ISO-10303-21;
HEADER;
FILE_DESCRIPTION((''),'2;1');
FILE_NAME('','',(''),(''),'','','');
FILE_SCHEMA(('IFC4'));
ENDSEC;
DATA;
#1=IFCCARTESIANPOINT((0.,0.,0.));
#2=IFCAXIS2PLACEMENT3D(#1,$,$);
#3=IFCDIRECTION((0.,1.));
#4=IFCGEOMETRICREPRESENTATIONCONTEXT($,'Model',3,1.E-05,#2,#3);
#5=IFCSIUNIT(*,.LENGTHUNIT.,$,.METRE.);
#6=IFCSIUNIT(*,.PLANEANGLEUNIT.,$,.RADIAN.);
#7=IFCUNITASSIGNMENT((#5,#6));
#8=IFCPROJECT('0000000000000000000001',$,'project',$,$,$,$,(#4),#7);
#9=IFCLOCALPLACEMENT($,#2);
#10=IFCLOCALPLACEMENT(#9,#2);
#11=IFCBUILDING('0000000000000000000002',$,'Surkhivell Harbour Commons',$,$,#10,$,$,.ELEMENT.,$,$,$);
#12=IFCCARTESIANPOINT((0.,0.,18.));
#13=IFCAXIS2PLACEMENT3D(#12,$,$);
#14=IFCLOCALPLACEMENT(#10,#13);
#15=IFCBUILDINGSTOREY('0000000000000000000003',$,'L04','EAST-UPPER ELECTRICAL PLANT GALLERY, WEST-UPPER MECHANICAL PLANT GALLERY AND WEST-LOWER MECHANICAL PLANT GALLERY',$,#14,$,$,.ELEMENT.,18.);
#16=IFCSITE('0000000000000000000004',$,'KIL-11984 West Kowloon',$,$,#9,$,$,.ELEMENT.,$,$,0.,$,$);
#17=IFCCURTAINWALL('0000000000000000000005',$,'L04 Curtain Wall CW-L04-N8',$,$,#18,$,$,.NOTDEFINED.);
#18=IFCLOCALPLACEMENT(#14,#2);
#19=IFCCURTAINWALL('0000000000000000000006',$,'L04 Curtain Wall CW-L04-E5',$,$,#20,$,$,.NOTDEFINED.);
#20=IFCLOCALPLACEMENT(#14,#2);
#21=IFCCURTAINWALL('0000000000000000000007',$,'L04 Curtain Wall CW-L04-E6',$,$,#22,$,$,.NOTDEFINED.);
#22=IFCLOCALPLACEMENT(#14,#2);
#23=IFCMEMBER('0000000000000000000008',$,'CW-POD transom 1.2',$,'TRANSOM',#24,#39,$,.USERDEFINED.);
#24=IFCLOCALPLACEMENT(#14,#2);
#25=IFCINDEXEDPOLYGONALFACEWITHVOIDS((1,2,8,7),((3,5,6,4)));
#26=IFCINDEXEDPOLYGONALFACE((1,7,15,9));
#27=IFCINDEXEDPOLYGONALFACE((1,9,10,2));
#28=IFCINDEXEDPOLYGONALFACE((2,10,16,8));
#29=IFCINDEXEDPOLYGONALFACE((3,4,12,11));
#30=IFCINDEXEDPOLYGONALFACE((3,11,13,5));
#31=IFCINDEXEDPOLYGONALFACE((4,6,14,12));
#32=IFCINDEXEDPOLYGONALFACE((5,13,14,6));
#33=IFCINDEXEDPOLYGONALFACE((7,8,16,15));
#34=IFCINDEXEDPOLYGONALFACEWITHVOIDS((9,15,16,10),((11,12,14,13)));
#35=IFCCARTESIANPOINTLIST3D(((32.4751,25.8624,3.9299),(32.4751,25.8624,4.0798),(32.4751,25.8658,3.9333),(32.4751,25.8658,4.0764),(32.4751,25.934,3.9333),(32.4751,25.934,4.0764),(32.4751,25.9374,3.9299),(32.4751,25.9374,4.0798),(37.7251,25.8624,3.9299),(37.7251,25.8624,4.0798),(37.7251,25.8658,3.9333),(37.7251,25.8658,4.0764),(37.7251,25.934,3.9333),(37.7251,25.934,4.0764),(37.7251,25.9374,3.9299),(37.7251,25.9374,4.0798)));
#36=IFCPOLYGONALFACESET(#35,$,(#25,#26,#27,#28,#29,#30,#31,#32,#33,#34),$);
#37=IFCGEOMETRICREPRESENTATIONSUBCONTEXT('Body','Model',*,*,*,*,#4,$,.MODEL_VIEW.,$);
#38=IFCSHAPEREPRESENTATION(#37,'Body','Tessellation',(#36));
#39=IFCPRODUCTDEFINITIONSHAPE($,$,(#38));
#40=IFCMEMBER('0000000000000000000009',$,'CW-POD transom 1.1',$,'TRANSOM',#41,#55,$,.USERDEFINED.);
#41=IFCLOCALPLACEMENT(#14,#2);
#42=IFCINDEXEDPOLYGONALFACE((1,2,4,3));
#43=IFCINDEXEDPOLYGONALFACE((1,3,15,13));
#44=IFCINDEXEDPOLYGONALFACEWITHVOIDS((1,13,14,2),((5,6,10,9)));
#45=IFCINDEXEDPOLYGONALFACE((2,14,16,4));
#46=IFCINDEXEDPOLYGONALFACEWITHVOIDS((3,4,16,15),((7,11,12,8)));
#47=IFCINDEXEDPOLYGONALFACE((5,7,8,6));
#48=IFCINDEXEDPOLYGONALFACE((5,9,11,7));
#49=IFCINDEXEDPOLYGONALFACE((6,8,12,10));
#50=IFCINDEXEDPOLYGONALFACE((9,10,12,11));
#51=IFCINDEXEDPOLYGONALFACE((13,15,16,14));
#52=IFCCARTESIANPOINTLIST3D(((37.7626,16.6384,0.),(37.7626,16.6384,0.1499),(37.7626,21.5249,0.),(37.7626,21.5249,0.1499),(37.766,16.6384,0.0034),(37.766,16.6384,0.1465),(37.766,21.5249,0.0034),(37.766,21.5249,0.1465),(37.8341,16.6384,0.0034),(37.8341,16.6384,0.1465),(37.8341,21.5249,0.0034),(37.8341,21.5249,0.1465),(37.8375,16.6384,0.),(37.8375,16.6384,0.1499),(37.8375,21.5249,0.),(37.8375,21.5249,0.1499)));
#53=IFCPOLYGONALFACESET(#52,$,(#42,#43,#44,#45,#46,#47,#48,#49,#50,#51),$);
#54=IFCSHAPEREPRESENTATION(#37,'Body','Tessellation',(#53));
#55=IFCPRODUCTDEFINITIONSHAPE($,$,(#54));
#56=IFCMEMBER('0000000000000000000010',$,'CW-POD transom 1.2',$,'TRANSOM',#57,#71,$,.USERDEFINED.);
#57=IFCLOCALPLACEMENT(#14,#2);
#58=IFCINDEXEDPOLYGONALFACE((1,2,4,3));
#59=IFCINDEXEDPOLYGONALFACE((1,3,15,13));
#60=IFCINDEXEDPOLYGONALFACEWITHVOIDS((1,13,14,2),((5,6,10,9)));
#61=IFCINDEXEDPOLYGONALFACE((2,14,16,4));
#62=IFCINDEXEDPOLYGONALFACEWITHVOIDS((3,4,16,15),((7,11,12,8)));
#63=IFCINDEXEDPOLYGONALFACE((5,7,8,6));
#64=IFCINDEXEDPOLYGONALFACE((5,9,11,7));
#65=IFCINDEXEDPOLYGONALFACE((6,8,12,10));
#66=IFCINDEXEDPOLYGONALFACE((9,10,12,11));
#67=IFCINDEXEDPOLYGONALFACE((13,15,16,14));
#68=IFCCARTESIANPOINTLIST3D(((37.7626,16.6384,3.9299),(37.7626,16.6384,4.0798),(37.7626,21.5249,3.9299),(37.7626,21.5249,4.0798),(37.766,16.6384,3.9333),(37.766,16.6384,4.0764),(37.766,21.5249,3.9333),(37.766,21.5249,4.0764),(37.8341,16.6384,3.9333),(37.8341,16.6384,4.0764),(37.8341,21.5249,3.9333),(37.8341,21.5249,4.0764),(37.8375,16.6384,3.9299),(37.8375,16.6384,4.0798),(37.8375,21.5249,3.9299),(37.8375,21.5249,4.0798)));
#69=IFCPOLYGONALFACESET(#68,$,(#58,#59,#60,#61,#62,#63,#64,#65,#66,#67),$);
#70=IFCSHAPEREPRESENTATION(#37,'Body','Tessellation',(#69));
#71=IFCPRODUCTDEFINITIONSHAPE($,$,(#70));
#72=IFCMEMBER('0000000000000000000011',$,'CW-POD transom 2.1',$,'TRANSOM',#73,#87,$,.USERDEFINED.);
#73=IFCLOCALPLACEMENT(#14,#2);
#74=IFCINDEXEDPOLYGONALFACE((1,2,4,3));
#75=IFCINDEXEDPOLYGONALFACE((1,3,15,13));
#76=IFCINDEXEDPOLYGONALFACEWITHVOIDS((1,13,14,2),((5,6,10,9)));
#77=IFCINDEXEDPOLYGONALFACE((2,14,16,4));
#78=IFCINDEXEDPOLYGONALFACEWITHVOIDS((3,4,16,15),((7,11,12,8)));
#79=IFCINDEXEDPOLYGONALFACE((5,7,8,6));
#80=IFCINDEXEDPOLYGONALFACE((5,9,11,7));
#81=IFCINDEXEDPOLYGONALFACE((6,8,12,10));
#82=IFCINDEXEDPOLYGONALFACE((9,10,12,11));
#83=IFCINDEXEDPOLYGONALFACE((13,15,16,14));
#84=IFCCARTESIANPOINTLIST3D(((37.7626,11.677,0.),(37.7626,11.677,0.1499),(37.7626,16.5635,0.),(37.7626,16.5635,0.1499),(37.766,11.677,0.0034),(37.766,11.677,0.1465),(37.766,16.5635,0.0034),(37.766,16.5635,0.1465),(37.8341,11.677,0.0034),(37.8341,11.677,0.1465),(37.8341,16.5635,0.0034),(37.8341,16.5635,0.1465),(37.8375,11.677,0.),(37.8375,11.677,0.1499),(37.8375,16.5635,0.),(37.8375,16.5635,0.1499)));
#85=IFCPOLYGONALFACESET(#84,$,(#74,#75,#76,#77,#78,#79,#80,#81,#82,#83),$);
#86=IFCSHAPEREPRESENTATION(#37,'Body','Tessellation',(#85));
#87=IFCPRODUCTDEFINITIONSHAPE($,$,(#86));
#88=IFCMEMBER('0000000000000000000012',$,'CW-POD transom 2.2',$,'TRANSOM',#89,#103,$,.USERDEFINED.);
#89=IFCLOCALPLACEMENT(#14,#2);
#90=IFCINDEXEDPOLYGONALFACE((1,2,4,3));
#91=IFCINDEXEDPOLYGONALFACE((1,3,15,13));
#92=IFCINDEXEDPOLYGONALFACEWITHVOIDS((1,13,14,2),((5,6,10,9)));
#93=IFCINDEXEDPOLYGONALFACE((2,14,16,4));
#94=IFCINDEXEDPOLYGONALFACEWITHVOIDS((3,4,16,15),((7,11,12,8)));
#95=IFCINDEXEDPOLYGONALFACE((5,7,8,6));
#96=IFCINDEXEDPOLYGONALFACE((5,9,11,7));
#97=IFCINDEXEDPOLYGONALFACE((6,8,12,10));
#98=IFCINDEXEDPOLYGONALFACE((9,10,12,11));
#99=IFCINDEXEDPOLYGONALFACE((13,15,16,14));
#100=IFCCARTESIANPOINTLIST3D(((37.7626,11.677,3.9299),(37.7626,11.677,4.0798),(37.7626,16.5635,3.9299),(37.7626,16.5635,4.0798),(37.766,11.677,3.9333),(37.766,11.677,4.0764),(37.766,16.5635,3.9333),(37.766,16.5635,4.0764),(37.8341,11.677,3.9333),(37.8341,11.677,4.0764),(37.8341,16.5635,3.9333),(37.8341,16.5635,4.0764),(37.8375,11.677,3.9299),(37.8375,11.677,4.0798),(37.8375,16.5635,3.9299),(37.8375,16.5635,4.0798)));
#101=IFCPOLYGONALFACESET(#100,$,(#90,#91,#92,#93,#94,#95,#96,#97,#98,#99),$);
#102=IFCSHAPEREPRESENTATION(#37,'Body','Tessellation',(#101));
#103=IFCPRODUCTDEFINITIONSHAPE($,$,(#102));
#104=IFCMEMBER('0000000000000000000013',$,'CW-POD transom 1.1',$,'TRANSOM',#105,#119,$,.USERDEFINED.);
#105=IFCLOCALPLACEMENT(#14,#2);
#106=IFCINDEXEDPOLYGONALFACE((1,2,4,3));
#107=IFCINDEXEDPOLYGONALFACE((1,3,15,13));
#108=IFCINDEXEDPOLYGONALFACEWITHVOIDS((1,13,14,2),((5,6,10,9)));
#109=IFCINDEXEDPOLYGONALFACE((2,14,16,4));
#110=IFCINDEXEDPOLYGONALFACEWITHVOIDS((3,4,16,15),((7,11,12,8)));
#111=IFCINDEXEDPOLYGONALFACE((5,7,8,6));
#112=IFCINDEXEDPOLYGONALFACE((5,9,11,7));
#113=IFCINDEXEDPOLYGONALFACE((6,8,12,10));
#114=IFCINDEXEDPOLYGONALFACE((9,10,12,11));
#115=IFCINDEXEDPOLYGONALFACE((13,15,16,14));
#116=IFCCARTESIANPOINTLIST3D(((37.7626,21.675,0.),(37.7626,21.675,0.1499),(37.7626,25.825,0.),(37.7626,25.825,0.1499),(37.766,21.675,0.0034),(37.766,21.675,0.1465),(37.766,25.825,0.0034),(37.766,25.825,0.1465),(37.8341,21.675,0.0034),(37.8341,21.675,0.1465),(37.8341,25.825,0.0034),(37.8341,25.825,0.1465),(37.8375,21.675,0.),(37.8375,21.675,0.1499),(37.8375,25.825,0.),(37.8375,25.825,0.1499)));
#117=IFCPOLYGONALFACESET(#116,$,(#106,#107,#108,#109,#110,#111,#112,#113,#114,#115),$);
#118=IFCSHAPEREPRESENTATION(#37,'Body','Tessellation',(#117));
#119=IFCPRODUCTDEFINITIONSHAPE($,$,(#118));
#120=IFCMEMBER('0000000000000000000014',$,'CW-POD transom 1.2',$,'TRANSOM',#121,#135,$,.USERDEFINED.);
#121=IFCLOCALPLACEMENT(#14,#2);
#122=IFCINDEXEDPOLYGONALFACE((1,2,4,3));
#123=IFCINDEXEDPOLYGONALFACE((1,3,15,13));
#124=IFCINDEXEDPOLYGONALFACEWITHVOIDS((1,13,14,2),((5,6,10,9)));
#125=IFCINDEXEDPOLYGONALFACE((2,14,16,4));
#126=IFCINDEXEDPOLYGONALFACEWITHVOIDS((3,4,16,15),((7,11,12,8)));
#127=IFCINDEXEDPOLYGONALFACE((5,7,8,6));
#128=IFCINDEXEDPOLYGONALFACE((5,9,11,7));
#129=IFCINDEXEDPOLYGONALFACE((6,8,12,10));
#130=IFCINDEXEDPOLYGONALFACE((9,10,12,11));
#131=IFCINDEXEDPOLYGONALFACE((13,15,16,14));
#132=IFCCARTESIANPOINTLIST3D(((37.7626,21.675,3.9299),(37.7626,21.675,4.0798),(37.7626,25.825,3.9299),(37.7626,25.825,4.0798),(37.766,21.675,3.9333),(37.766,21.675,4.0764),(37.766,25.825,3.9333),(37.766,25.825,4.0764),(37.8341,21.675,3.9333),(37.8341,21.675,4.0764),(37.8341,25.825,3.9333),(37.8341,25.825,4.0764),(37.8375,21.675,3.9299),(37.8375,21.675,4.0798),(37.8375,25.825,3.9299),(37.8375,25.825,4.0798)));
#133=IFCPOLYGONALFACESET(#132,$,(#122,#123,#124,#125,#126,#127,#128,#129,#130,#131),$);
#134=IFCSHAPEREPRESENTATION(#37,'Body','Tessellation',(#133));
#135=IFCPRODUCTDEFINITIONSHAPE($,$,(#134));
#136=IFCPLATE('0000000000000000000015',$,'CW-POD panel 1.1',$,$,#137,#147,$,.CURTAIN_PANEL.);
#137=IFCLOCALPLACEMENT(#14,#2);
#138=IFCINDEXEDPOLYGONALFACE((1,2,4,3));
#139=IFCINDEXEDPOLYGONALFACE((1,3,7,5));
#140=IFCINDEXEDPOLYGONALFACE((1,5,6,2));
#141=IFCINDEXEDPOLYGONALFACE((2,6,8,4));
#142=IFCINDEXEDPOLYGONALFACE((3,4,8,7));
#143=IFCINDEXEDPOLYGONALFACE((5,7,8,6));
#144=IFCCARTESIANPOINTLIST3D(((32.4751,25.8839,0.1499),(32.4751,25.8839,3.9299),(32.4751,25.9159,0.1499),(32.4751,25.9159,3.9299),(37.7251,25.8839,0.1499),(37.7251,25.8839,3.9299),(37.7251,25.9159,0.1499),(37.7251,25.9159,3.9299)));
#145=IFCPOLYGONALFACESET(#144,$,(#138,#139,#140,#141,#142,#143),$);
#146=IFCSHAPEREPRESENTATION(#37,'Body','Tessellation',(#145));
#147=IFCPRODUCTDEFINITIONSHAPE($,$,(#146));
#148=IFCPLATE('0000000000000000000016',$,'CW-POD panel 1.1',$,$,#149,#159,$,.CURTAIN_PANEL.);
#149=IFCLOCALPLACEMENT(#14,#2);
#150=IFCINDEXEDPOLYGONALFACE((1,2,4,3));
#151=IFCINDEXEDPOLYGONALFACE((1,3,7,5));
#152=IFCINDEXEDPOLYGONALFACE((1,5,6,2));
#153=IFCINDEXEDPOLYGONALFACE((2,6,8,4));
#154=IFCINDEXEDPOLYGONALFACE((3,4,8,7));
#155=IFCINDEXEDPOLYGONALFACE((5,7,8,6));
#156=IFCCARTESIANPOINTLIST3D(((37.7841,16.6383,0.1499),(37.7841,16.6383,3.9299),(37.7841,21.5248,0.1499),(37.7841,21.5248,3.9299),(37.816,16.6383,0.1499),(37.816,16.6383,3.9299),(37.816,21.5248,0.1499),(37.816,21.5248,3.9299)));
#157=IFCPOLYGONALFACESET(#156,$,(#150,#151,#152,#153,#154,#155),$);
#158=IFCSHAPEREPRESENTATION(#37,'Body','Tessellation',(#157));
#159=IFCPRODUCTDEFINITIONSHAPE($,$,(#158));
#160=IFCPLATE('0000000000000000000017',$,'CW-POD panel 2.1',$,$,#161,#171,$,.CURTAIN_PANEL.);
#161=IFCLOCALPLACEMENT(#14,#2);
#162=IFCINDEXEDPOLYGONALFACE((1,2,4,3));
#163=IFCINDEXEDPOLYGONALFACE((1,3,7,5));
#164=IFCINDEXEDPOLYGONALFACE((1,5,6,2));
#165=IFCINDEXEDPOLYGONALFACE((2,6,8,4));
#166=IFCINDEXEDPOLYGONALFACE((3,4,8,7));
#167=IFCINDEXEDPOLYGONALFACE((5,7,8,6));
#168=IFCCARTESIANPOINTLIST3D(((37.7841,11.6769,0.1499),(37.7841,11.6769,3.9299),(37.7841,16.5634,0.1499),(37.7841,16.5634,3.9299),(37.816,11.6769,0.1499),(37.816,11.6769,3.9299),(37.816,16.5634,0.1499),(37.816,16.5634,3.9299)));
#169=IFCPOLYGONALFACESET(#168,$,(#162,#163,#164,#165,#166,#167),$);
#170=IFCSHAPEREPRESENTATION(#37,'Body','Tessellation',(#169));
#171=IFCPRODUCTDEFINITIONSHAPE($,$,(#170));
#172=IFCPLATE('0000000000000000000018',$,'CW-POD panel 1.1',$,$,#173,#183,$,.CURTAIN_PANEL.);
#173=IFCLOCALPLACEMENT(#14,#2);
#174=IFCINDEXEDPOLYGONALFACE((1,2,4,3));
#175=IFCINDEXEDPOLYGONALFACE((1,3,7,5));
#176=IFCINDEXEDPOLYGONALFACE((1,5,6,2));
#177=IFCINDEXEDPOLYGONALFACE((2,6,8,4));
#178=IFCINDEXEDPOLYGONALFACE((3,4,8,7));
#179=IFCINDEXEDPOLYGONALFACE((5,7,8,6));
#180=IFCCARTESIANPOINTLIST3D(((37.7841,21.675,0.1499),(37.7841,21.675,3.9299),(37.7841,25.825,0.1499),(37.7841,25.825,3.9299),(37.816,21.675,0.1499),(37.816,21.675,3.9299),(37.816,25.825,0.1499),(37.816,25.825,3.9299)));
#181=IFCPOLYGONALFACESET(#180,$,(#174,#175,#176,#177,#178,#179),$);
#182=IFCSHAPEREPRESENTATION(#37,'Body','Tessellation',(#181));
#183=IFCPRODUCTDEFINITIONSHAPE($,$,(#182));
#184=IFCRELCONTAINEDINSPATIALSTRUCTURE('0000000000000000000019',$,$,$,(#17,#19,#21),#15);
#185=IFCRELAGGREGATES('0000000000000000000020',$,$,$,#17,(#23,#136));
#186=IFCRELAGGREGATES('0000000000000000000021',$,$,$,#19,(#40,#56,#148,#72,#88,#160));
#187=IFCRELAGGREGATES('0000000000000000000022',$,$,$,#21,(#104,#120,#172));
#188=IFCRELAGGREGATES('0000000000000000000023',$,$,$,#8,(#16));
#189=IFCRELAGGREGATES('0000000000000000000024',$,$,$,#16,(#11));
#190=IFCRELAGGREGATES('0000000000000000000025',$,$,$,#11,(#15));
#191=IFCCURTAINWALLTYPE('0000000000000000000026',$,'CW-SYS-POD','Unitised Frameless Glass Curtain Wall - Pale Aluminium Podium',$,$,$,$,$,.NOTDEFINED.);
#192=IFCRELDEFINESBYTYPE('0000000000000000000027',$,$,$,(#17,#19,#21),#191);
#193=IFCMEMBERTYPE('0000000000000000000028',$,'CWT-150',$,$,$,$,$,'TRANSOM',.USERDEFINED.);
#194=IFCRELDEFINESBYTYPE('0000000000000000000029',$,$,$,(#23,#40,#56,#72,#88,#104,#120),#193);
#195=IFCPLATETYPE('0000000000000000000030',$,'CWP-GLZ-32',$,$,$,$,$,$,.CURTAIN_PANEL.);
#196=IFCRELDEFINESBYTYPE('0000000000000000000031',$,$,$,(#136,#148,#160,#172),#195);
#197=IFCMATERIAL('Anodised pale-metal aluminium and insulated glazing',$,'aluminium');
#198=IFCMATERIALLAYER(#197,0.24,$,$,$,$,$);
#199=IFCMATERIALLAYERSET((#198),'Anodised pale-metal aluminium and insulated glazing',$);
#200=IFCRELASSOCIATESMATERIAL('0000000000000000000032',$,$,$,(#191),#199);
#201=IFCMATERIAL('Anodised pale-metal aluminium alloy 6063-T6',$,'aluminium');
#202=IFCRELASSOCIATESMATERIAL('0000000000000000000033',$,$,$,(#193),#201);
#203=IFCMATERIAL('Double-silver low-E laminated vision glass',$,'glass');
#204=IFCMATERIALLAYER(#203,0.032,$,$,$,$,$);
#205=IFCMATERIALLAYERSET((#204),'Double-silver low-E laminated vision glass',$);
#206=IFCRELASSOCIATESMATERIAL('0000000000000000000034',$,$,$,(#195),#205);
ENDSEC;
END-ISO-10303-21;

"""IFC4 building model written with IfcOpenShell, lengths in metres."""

from ifc_helpers import new_model, si_unit, direction, frame, frame_2d, origin, origin_2d, place, context, subcontext, project, spatial, rectangle, hollow_rectangle, extrude, material, layer, layer_set, material_profile, profile_set, type_object, element, aggregate, save


model = new_model("IFC4")

# Units and contexts
model_context = context("Model", 3, precision=1e-05, world=origin(), true_north=direction((0.0, 1.0)))
body_context = subcontext(model_context, "Body", "Model", "MODEL_VIEW")
ifc_project = project(units=[si_unit("LENGTHUNIT", "METRE"), si_unit("PLANEANGLEUNIT", "RADIAN")], contexts=[model_context])

# Site, building, storey
site_placement = place(None, origin())
site = spatial("IfcSite", under=ifc_project, at=site_placement, Name="KIL-11984 West Kowloon", CompositionType="ELEMENT", RefElevation=0.0)
building_placement = place(site_placement, origin())
building = spatial("IfcBuilding", under=site, at=building_placement, Name="Surkhivell Harbour Commons", CompositionType="ELEMENT")
storey_placement = place(building_placement, frame((0.0, 0.0, 18.0)))
storey = spatial("IfcBuildingStorey", under=building, at=storey_placement, Name="L04", Description="EAST-UPPER ELECTRICAL PLANT GALLERY, WEST-UPPER MECHANICAL PLANT GALLERY AND WEST-LOWER MECHANICAL PLANT GALLERY", CompositionType="ELEMENT", Elevation=18.0)

# Curtain walls
ifc_material_1 = material(Name="Anodised pale-metal aluminium and insulated glazing", Category="aluminium")
ifc_layer_1 = layer(ifc_material_1, 0.24)
ifc_layer_set_1 = layer_set([ifc_layer_1], Name="Anodised pale-metal aluminium and insulated glazing")
curtain_wall_type = type_object("IfcCurtainWallType", Name="CW-SYS-POD", Description="Unitised Frameless Glass Curtain Wall - Pale Aluminium Podium", PredefinedType="NOTDEFINED", material=ifc_layer_set_1)
curtain_wall_1_placement = place(storey_placement, origin())
curtain_wall_1 = element("IfcCurtainWall", 1, at=curtain_wall_1_placement, inside=storey, type_object=curtain_wall_type, Name="L04 Curtain Wall CW-L04-N8", PredefinedType="NOTDEFINED")
ifc_material_2 = material(Name="Anodised pale-metal aluminium alloy 6063-T6", Category="aluminium")
curtain_wall_2_placement = place(storey_placement, origin())
curtain_wall_2 = element("IfcCurtainWall", 2, at=curtain_wall_2_placement, inside=storey, type_object=curtain_wall_type, Name="L04 Curtain Wall CW-L04-E5", PredefinedType="NOTDEFINED")
curtain_wall_3_placement = place(storey_placement, origin())
curtain_wall_3 = element("IfcCurtainWall", 3, at=curtain_wall_3_placement, inside=storey, type_object=curtain_wall_type, Name="L04 Curtain Wall CW-L04-E6", PredefinedType="NOTDEFINED")

# Members
ifc_material_profile_1 = material_profile(ifc_material_2, hollow_rectangle(XDim=0.075, YDim=0.1499, WallThickness=0.0034, at=origin_2d()), Name="ALU-TRAN-75x150")
ifc_profile_set_1 = profile_set([ifc_material_profile_1], Name="Anodised pale-metal aluminium alloy 6063-T6")
member_type_1 = type_object("IfcMemberType", Name="CWT-150", ElementType="TRANSOM", PredefinedType="USERDEFINED", material=ifc_profile_set_1)
member_1_placement = place(storey_placement, frame((32.4751, 25.8999, 4.0049), z_axis=(1.0, 0.0, 0.0), x_axis=(0.0, 1.0, 0.0)))
member_1 = element("IfcMember", 4, at=member_1_placement, type_object=member_type_1, Name="CW-POD transom 1.2", ObjectType="TRANSOM", PredefinedType="USERDEFINED", context=body_context, shape_type="SweptSolid", body=[
    extrude(hollow_rectangle(XDim=0.075, YDim=0.1499, WallThickness=0.0034, at=origin_2d()), origin(), (0.0, 0.0, 1.0), 5.25),
])
member_2_placement = place(storey_placement, frame((37.8, 21.5249, 0.075), z_axis=(0.0, -1.0, 0.0), x_axis=(1.0, 0.0, 0.0)))
member_2 = element("IfcMember", 5, at=member_2_placement, type_object=member_type_1, Name="CW-POD transom 1.1", ObjectType="TRANSOM", PredefinedType="USERDEFINED", context=body_context, shape_type="SweptSolid", body=[
    extrude(hollow_rectangle(XDim=0.075, YDim=0.1499, WallThickness=0.0034, at=origin_2d()), origin(), (0.0, 0.0, 1.0), 4.8865),
])
member_3_placement = place(storey_placement, frame((37.8, 21.5249, 4.0049), z_axis=(0.0, -1.0, 0.0), x_axis=(1.0, 0.0, 0.0)))
member_3 = element("IfcMember", 6, at=member_3_placement, type_object=member_type_1, Name="CW-POD transom 1.2", ObjectType="TRANSOM", PredefinedType="USERDEFINED", context=body_context, shape_type="SweptSolid", body=[
    extrude(hollow_rectangle(XDim=0.075, YDim=0.1499, WallThickness=0.0034, at=origin_2d()), origin(), (0.0, 0.0, 1.0), 4.8865),
])
member_4_placement = place(storey_placement, frame((37.8, 16.5635, 0.075), z_axis=(0.0, -1.0, 0.0), x_axis=(1.0, 0.0, 0.0)))
member_4 = element("IfcMember", 7, at=member_4_placement, type_object=member_type_1, Name="CW-POD transom 2.1", ObjectType="TRANSOM", PredefinedType="USERDEFINED", context=body_context, shape_type="SweptSolid", body=[
    extrude(hollow_rectangle(XDim=0.075, YDim=0.1499, WallThickness=0.0034, at=origin_2d()), origin(), (0.0, 0.0, 1.0), 4.8865),
])
member_5_placement = place(storey_placement, frame((37.8, 16.5635, 4.0049), z_axis=(0.0, -1.0, 0.0), x_axis=(1.0, 0.0, 0.0)))
member_5 = element("IfcMember", 8, at=member_5_placement, type_object=member_type_1, Name="CW-POD transom 2.2", ObjectType="TRANSOM", PredefinedType="USERDEFINED", context=body_context, shape_type="SweptSolid", body=[
    extrude(hollow_rectangle(XDim=0.075, YDim=0.1499, WallThickness=0.0034, at=origin_2d()), origin(), (0.0, 0.0, 1.0), 4.8865),
])
member_6_placement = place(storey_placement, frame((37.8, 25.825, 0.075), z_axis=(0.0, -1.0, 0.0), x_axis=(1.0, 0.0, 0.0)))
member_6 = element("IfcMember", 9, at=member_6_placement, type_object=member_type_1, Name="CW-POD transom 1.1", ObjectType="TRANSOM", PredefinedType="USERDEFINED", context=body_context, shape_type="SweptSolid", body=[
    extrude(hollow_rectangle(XDim=0.075, YDim=0.1499, WallThickness=0.0034, at=origin_2d()), origin(), (0.0, 0.0, 1.0), 4.1499),
])
member_7_placement = place(storey_placement, frame((37.8, 25.825, 4.0049), z_axis=(0.0, -1.0, 0.0), x_axis=(1.0, 0.0, 0.0)))
member_7 = element("IfcMember", 10, at=member_7_placement, type_object=member_type_1, Name="CW-POD transom 1.2", ObjectType="TRANSOM", PredefinedType="USERDEFINED", context=body_context, shape_type="SweptSolid", body=[
    extrude(hollow_rectangle(XDim=0.075, YDim=0.1499, WallThickness=0.0034, at=origin_2d()), origin(), (0.0, 0.0, 1.0), 4.1499),
])

# Plates
ifc_material_3 = material(Name="Double-silver low-E laminated vision glass", Category="glass")
ifc_layer_2 = layer(ifc_material_3, 0.032)
ifc_layer_set_2 = layer_set([ifc_layer_2], Name="Double-silver low-E laminated vision glass")
plate_type = type_object("IfcPlateType", Name="CWP-GLZ-32", PredefinedType="CURTAIN_PANEL", material=ifc_layer_set_2)
plate_1_placement = place(storey_placement, frame((32.4751, 25.8999, 0.1499), z_axis=(0.0, 0.0, 1.0), x_axis=(1.0, 0.0, 0.0)))
plate_1 = element("IfcPlate", 11, at=plate_1_placement, type_object=plate_type, Name="CW-POD panel 1.1", PredefinedType="CURTAIN_PANEL", context=body_context, shape_type="SweptSolid", body=[
    extrude(rectangle(XDim=5.25, YDim=0.032, at=frame_2d((2.625, 0.0))), origin(), (0.0, 0.0, 1.0), 3.78),
])
aggregate(curtain_wall_1, [member_1, plate_1])
plate_2_placement = place(storey_placement, frame((37.8, 21.5249, 0.1499), z_axis=(0.0, 0.0, 1.0), x_axis=(0.0, -1.0, 0.0)))
plate_2 = element("IfcPlate", 12, at=plate_2_placement, type_object=plate_type, Name="CW-POD panel 1.1", PredefinedType="CURTAIN_PANEL", context=body_context, shape_type="SweptSolid", body=[
    extrude(rectangle(XDim=4.8865, YDim=0.032, at=frame_2d((2.4434, 0.0))), origin(), (0.0, 0.0, 1.0), 3.78),
])
plate_3_placement = place(storey_placement, frame((37.8, 16.5635, 0.1499), z_axis=(0.0, 0.0, 1.0), x_axis=(0.0, -1.0, 0.0)))
plate_3 = element("IfcPlate", 13, at=plate_3_placement, type_object=plate_type, Name="CW-POD panel 2.1", PredefinedType="CURTAIN_PANEL", context=body_context, shape_type="SweptSolid", body=[
    extrude(rectangle(XDim=4.8865, YDim=0.032, at=frame_2d((2.4434, 0.0))), origin(), (0.0, 0.0, 1.0), 3.78),
])
aggregate(curtain_wall_2, [member_2, member_3, plate_2, member_4, member_5, plate_3])
plate_4_placement = place(storey_placement, frame((37.8, 25.825, 0.1499), z_axis=(0.0, 0.0, 1.0), x_axis=(0.0, -1.0, 0.0)))
plate_4 = element("IfcPlate", 14, at=plate_4_placement, type_object=plate_type, Name="CW-POD panel 1.1", PredefinedType="CURTAIN_PANEL", context=body_context, shape_type="SweptSolid", body=[
    extrude(rectangle(XDim=4.1499, YDim=0.032, at=frame_2d((2.075, 0.0))), origin(), (0.0, 0.0, 1.0), 3.78),
])
aggregate(curtain_wall_3, [member_6, member_7, plate_4])

save(model, "model.ifc")
